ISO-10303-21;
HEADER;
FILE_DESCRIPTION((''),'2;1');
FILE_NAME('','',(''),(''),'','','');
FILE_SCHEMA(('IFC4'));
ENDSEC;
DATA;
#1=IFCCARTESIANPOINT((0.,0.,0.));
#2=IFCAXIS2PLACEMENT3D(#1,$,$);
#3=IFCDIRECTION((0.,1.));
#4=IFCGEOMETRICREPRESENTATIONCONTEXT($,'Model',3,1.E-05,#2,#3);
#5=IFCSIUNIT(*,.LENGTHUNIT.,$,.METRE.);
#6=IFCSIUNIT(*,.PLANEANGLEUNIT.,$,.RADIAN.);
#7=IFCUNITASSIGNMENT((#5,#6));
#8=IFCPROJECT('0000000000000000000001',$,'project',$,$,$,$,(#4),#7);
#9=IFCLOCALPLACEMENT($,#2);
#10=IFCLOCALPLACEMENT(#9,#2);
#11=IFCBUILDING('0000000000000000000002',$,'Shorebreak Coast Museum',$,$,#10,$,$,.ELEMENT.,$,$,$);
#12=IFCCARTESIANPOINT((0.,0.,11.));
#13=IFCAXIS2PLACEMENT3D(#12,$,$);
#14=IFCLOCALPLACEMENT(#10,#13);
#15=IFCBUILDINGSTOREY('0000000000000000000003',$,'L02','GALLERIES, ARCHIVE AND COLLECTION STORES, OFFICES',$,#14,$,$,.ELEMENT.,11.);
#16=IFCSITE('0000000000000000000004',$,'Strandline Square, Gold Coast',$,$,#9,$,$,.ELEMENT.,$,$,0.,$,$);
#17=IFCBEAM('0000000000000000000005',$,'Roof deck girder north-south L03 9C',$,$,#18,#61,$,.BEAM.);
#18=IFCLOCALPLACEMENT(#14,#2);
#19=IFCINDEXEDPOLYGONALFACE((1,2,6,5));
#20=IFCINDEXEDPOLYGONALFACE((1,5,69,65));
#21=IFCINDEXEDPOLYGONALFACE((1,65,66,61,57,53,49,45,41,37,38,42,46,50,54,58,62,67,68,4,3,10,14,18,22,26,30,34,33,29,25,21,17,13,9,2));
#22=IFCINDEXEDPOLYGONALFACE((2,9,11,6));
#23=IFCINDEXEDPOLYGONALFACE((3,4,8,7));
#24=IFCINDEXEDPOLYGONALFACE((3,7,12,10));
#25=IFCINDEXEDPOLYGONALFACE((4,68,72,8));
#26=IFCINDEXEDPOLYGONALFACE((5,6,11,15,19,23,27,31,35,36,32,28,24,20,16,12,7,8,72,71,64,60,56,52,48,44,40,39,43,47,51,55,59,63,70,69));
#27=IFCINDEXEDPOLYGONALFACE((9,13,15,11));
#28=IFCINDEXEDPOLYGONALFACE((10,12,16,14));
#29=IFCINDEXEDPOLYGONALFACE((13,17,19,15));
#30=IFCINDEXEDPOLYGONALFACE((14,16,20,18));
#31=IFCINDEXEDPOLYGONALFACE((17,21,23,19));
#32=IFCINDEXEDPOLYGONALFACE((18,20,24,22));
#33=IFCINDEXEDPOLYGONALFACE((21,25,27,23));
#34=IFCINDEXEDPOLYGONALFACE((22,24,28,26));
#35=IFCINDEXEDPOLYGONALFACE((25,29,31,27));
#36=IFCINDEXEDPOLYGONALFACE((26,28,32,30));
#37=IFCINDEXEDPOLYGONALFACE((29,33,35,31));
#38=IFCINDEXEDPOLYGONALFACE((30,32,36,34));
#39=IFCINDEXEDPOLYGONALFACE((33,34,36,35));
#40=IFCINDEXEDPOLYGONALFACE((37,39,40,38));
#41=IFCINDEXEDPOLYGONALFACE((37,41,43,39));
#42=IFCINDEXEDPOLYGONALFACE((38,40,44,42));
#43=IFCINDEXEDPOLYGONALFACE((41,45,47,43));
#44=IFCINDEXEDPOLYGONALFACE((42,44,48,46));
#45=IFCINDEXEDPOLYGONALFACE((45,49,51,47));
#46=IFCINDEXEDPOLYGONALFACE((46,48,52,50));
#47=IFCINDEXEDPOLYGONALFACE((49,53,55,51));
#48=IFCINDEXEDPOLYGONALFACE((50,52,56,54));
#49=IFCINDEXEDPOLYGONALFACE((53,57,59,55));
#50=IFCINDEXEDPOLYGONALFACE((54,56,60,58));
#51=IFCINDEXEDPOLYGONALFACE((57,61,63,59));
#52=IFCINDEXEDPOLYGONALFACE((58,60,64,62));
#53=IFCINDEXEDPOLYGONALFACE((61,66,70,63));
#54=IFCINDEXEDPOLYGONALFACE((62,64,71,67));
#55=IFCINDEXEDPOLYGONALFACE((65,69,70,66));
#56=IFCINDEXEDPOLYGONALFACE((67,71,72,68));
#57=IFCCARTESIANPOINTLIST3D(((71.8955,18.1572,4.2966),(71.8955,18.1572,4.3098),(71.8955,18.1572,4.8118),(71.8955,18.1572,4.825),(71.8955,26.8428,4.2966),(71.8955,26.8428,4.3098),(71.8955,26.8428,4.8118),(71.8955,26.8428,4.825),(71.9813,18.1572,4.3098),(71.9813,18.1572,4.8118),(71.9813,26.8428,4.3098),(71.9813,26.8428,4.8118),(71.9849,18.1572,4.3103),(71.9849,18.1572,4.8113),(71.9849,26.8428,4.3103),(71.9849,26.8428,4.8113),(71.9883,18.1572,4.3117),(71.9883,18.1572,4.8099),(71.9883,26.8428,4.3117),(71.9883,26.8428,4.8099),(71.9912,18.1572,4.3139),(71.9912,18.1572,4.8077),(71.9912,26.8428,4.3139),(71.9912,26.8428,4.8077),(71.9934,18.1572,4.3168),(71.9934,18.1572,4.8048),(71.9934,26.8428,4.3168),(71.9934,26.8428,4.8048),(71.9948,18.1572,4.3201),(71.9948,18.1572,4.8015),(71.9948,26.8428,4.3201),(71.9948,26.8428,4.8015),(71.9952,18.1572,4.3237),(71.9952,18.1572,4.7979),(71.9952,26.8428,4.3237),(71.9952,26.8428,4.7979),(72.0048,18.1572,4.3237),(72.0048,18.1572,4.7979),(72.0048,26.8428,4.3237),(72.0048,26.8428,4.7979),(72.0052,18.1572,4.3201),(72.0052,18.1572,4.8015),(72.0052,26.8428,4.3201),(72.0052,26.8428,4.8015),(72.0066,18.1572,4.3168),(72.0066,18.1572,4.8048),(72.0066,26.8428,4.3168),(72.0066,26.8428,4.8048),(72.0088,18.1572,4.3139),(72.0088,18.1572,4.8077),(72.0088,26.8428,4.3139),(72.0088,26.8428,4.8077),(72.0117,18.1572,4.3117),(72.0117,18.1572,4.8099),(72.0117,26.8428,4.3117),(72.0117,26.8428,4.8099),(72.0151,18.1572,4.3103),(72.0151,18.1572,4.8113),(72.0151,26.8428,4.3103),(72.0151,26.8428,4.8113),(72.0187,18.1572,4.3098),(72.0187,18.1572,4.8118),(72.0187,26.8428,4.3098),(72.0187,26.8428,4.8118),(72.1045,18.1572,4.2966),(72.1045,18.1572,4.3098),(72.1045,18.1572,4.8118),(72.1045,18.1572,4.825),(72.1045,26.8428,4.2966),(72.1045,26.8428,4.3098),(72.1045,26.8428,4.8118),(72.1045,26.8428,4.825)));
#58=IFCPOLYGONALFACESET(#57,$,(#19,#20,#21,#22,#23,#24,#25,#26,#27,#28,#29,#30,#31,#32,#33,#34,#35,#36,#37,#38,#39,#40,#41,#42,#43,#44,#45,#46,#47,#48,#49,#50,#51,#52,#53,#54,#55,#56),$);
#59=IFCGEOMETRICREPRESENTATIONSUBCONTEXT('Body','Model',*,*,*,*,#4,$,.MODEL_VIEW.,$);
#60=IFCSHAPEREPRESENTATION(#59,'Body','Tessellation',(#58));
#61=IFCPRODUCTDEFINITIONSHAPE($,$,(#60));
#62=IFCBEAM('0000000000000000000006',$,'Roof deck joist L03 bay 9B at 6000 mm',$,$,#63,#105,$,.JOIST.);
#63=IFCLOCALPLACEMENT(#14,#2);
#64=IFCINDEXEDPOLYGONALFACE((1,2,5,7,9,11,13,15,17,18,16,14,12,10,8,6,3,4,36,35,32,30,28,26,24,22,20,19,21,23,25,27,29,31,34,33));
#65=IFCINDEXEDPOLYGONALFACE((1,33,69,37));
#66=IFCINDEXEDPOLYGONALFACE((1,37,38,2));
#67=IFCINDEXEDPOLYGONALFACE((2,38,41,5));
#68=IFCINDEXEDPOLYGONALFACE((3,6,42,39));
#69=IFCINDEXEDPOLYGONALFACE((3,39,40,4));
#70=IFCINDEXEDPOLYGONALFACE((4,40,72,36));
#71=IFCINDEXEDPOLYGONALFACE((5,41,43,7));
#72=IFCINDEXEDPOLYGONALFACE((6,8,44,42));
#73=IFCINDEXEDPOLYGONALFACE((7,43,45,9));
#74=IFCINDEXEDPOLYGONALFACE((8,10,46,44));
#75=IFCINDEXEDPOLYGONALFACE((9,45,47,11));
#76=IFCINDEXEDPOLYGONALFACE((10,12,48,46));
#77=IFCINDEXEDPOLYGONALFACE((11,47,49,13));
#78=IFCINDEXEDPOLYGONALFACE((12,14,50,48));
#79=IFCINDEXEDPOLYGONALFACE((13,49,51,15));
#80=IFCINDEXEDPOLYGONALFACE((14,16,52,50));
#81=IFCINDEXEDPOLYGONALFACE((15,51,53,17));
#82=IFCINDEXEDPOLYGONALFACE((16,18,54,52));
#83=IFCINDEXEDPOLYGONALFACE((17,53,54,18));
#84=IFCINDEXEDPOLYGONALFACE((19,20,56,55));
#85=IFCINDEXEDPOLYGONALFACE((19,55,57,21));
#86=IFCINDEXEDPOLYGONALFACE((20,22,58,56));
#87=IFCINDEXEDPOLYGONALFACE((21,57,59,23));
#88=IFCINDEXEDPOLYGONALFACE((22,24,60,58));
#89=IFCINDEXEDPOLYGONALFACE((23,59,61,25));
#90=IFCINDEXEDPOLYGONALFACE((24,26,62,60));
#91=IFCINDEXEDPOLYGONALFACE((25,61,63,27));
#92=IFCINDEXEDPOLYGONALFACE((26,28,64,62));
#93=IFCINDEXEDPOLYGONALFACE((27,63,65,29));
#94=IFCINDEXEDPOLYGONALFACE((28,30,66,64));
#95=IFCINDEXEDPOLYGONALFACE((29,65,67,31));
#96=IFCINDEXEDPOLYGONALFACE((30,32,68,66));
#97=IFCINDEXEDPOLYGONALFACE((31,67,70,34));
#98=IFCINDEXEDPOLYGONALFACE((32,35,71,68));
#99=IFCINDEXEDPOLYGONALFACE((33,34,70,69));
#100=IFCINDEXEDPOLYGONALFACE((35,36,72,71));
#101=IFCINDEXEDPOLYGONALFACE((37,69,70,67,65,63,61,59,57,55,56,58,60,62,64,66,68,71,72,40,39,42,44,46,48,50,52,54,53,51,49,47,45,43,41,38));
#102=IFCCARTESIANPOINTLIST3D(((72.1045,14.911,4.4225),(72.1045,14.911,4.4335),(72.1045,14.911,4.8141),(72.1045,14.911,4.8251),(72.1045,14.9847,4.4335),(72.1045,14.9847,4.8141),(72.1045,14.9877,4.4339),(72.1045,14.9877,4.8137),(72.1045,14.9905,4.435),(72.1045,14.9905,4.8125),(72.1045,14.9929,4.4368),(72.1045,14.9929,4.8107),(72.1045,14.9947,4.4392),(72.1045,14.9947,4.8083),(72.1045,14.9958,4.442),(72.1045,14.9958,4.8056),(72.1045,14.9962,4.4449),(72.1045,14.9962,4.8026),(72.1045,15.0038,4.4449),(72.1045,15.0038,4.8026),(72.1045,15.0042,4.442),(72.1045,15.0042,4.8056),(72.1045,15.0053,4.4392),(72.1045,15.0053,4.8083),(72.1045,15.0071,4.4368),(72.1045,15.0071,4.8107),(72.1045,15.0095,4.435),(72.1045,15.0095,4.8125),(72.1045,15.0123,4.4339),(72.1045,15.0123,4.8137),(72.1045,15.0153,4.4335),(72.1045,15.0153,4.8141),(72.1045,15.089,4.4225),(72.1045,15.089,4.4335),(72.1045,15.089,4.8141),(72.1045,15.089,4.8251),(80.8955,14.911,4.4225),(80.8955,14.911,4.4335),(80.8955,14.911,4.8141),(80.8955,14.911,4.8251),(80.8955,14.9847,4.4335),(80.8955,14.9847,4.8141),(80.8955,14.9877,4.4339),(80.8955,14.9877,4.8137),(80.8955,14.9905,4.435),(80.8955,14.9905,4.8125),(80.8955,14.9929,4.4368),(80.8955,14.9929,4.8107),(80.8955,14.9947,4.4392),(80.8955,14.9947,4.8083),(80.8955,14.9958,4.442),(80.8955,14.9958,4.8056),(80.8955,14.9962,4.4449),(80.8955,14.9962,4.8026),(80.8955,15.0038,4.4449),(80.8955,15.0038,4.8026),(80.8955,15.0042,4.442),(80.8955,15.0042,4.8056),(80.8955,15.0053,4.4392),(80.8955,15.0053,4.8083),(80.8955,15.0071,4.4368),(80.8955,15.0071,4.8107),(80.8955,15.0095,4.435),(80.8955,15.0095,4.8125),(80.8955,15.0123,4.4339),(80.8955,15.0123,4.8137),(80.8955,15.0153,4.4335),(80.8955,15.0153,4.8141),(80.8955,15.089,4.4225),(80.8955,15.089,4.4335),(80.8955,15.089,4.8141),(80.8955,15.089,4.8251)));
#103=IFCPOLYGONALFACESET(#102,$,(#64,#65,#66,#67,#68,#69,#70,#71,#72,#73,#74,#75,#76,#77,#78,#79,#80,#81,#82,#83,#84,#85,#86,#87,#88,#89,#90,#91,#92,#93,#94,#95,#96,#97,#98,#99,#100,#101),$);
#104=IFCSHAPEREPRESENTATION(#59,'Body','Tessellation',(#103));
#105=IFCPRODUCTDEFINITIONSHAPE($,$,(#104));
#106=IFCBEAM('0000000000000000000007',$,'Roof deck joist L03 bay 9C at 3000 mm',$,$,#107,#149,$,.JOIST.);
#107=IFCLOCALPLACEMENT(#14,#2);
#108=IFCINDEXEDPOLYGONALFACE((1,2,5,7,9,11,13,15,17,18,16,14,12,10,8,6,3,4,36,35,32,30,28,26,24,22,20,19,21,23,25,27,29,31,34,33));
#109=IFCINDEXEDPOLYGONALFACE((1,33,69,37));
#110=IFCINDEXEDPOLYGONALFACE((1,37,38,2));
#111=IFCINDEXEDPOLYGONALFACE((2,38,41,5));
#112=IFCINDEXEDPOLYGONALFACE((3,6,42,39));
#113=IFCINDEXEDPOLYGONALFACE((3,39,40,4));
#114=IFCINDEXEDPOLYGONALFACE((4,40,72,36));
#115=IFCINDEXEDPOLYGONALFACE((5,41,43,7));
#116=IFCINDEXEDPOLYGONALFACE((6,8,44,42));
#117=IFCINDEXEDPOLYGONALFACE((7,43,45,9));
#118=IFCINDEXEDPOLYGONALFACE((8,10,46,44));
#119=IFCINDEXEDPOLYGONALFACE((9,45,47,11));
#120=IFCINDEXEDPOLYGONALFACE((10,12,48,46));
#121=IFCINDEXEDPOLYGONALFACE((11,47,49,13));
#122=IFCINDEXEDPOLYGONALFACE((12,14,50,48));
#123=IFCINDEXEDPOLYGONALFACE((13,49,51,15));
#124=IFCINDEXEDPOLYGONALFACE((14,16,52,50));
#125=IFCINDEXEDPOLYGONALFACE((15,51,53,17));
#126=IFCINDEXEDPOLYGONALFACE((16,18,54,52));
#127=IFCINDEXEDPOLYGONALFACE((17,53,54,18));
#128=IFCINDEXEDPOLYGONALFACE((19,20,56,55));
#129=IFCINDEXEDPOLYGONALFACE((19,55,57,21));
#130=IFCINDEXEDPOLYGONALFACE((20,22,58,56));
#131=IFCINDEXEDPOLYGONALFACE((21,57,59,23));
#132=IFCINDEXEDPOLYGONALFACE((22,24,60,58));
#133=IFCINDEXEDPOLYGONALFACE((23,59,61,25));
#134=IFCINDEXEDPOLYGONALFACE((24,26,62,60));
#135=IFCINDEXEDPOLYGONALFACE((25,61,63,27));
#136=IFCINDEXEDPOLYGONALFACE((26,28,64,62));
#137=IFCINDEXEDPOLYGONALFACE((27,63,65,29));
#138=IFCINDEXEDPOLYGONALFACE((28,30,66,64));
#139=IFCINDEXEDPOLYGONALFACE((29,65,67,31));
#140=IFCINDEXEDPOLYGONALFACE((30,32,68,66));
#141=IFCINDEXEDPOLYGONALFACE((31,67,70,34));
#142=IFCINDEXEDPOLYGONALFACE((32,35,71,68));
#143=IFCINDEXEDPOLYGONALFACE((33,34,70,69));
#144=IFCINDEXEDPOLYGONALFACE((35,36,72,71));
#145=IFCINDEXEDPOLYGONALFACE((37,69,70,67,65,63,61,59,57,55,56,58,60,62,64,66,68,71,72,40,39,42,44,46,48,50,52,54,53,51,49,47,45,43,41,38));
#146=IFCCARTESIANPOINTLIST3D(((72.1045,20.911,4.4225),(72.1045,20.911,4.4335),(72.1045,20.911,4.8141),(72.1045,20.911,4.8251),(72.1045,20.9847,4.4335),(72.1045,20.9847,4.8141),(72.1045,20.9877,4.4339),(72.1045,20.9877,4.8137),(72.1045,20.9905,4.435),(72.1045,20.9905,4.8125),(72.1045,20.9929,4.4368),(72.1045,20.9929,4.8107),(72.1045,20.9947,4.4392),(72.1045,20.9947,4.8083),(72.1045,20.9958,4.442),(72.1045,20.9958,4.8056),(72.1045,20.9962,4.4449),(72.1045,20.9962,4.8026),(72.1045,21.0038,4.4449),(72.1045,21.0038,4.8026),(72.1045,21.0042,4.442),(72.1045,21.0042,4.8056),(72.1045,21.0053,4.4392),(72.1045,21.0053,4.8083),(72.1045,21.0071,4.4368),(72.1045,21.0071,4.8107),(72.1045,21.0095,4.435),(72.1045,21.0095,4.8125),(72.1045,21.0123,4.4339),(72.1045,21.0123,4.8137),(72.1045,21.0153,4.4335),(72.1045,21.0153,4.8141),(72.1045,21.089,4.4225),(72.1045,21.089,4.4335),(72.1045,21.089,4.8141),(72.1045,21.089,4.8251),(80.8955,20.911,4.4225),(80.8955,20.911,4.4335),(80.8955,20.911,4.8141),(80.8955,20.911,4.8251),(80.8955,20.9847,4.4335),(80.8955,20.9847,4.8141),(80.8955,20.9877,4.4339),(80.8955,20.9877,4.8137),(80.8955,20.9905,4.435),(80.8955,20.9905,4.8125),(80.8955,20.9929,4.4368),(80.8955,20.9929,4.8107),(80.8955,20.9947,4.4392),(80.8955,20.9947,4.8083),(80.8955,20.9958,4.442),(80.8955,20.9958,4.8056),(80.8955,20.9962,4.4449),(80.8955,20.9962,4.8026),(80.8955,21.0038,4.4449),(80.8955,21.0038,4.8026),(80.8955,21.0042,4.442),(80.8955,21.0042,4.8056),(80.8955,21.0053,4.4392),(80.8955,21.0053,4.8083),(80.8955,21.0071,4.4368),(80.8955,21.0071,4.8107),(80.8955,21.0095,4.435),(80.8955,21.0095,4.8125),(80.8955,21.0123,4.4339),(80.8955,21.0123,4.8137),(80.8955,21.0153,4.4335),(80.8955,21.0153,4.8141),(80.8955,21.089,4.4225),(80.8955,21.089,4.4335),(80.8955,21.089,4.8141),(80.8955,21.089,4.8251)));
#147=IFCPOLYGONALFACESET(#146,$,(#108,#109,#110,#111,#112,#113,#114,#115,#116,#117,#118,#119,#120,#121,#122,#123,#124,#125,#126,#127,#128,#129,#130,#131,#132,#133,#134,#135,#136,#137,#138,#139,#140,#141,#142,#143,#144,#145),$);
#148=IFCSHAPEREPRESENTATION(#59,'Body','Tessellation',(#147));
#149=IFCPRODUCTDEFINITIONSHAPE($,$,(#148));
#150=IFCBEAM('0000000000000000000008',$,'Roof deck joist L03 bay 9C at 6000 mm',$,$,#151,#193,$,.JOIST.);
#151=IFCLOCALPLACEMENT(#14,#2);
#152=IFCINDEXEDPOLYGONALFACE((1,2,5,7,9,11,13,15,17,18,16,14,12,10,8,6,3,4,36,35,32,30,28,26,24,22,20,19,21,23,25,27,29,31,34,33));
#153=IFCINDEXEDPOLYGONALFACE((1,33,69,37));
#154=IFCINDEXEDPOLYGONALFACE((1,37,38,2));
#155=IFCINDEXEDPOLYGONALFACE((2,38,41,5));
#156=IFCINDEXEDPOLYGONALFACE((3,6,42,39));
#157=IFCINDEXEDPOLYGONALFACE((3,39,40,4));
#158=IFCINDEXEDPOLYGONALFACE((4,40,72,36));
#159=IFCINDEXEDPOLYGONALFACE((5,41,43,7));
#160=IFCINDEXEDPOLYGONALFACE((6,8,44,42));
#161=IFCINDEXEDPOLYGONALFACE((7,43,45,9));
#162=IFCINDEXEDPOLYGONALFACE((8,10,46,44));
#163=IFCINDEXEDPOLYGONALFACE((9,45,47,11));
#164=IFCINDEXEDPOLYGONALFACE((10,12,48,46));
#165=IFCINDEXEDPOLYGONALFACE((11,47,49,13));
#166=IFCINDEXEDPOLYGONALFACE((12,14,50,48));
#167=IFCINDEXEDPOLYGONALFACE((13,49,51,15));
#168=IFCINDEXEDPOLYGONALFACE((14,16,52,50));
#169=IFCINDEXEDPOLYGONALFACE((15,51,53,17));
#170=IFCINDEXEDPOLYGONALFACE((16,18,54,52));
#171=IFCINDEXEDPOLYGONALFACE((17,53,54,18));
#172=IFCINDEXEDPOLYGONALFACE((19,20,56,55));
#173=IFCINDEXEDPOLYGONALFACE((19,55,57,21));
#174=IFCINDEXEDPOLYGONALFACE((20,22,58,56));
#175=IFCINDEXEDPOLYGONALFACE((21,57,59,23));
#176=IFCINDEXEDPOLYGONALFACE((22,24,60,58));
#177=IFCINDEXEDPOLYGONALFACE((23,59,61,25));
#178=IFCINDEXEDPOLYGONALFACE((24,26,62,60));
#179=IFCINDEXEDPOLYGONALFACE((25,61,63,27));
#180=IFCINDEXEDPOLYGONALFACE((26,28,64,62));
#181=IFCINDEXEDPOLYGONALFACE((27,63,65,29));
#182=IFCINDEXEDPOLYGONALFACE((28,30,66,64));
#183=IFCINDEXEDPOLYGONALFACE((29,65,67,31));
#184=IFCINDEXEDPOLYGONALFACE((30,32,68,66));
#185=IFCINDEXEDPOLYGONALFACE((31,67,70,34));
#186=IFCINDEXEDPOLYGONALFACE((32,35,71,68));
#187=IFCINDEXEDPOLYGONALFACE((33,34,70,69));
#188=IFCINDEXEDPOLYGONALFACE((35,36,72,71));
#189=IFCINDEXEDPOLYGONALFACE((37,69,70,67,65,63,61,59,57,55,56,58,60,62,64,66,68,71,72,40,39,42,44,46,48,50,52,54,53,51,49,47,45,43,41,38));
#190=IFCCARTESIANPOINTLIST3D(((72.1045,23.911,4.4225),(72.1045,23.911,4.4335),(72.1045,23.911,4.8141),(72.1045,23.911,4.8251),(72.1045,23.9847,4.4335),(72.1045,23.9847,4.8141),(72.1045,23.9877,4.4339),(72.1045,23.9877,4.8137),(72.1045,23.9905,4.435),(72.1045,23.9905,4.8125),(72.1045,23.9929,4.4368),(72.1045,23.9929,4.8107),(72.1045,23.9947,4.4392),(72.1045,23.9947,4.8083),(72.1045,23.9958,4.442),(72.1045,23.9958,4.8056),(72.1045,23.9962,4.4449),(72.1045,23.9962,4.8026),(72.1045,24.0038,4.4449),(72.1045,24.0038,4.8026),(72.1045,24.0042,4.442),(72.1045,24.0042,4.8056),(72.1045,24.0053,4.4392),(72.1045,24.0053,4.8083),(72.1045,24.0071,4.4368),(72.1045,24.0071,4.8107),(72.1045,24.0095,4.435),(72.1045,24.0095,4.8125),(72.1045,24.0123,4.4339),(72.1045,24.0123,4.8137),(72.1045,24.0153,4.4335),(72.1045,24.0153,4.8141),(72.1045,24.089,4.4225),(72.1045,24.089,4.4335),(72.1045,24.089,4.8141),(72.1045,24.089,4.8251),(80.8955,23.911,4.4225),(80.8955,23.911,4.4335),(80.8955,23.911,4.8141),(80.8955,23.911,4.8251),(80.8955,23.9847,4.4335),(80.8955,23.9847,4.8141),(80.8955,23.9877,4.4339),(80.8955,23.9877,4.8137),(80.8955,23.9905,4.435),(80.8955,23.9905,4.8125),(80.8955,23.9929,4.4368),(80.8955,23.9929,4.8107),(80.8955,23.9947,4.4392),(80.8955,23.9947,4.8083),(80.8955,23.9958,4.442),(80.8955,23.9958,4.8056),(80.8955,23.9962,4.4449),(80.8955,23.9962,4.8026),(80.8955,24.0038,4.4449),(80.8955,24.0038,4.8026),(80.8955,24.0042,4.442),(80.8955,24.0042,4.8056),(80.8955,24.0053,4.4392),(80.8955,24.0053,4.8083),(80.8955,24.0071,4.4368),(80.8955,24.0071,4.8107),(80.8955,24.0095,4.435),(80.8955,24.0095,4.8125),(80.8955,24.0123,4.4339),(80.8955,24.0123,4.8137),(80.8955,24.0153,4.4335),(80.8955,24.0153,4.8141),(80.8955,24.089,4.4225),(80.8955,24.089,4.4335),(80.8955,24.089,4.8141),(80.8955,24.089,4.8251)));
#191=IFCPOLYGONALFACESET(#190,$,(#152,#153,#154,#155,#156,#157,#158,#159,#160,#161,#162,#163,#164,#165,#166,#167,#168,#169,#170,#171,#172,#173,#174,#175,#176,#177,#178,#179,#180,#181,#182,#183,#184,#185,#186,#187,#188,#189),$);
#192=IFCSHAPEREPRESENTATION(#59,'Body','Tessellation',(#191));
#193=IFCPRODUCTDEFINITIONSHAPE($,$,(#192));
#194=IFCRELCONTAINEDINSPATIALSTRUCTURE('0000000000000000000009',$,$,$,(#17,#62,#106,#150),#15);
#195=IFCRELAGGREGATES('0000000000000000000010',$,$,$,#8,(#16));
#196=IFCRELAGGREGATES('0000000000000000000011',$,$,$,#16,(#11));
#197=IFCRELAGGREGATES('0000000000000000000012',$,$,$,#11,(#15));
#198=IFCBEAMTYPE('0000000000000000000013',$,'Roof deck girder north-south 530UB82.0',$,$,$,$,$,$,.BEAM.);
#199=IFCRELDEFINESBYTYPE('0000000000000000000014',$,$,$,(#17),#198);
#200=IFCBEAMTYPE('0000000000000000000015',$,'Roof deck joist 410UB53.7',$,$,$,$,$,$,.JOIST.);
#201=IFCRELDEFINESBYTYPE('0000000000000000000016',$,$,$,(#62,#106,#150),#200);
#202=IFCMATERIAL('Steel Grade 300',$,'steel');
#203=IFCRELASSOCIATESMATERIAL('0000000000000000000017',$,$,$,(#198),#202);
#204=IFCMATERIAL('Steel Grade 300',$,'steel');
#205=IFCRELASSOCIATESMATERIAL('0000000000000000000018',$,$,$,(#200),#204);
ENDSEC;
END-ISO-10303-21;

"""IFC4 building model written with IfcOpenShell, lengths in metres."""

from ifc_helpers import new_model, si_unit, direction, frame, origin, origin_2d, place, context, subcontext, project, spatial, i_section, extrude, material, material_profile, profile_set, type_object, element, save


model = new_model("IFC4")

# Units and contexts
model_context = context("Model", 3, precision=1e-05, world=origin(), true_north=direction((0.0, 1.0)))
body_context = subcontext(model_context, "Body", "Model", "MODEL_VIEW")
ifc_project = project(units=[si_unit("LENGTHUNIT", "METRE"), si_unit("PLANEANGLEUNIT", "RADIAN")], contexts=[model_context])

# Site, building, storey
site_placement = place(None, origin())
site = spatial("IfcSite", under=ifc_project, at=site_placement, Name="Strandline Square, Gold Coast", CompositionType="ELEMENT", RefElevation=0.0)
building_placement = place(site_placement, origin())
building = spatial("IfcBuilding", under=site, at=building_placement, Name="Shorebreak Coast Museum", CompositionType="ELEMENT")
storey_placement = place(building_placement, frame((0.0, 0.0, 11.0)))
storey = spatial("IfcBuildingStorey", under=building, at=storey_placement, Name="L02", Description="GALLERIES, ARCHIVE AND COLLECTION STORES, OFFICES", CompositionType="ELEMENT", Elevation=11.0)

# Beams
ifc_material_1 = material(Name="Steel Grade 300", Category="steel")
ifc_material_profile_1 = material_profile(ifc_material_1, i_section(OverallWidth=0.209, OverallDepth=0.5283, WebThickness=0.0095, FlangeThickness=0.0132, FilletRadius=0.0139, at=origin_2d()), Name="530UB82.0")
ifc_profile_set_1 = profile_set([ifc_material_profile_1], Name="Steel Grade 300")
beam_type_1 = type_object("IfcBeamType", Name="Roof deck girder north-south 530UB82.0", PredefinedType="BEAM", material=ifc_profile_set_1)
beam_1_placement = place(storey_placement, frame((72.0, 18.1572, 4.5608), z_axis=(0.0, 1.0, 0.0), x_axis=(-1.0, 0.0, 0.0)))
element("IfcBeam", 1, at=beam_1_placement, inside=storey, type_object=beam_type_1, Name="Roof deck girder north-south L03 9C", PredefinedType="BEAM", context=body_context, shape_type="SweptSolid", body=[
    extrude(i_section(OverallWidth=0.209, OverallDepth=0.5283, WebThickness=0.0095, FlangeThickness=0.0132, FilletRadius=0.0139, at=origin_2d()), origin(), (0.0, 0.0, 1.0), 8.6855),
])
ifc_material_2 = material(Name="Steel Grade 300", Category="steel")
ifc_material_profile_2 = material_profile(ifc_material_2, i_section(OverallWidth=0.178, OverallDepth=0.4026, WebThickness=0.0076, FlangeThickness=0.011, FilletRadius=0.0115, at=origin_2d()), Name="410UB53.7")
ifc_profile_set_2 = profile_set([ifc_material_profile_2], Name="Steel Grade 300")
beam_type_2 = type_object("IfcBeamType", Name="Roof deck joist 410UB53.7", PredefinedType="JOIST", material=ifc_profile_set_2)
for number, where, z_axis, x_axis, name in (
    (2, (72.1045, 15.0, 4.6238), (1.0, 0.0, 0.0), (0.0, 1.0, 0.0), "Roof deck joist L03 bay 9B at 6000 mm"),
    (3, (72.1045, 21.0, 4.6238), (1.0, 0.0, 0.0), (0.0, 1.0, 0.0), "Roof deck joist L03 bay 9C at 3000 mm"),
    (4, (72.1045, 24.0, 4.6238), (1.0, 0.0, 0.0), (0.0, 1.0, 0.0), "Roof deck joist L03 bay 9C at 6000 mm"),
):
    element("IfcBeam", number, at=place(storey_placement, frame(where, z_axis=z_axis, x_axis=x_axis)), inside=storey, type_object=beam_type_2, Name=name, PredefinedType="JOIST", context=body_context, shape_type="SweptSolid", body=[
        extrude(i_section(OverallWidth=0.178, OverallDepth=0.4026, WebThickness=0.0076, FlangeThickness=0.011, FilletRadius=0.0115, at=origin_2d()), origin(), (0.0, 0.0, 1.0), 8.791),
    ])

save(model, "model.ifc")
